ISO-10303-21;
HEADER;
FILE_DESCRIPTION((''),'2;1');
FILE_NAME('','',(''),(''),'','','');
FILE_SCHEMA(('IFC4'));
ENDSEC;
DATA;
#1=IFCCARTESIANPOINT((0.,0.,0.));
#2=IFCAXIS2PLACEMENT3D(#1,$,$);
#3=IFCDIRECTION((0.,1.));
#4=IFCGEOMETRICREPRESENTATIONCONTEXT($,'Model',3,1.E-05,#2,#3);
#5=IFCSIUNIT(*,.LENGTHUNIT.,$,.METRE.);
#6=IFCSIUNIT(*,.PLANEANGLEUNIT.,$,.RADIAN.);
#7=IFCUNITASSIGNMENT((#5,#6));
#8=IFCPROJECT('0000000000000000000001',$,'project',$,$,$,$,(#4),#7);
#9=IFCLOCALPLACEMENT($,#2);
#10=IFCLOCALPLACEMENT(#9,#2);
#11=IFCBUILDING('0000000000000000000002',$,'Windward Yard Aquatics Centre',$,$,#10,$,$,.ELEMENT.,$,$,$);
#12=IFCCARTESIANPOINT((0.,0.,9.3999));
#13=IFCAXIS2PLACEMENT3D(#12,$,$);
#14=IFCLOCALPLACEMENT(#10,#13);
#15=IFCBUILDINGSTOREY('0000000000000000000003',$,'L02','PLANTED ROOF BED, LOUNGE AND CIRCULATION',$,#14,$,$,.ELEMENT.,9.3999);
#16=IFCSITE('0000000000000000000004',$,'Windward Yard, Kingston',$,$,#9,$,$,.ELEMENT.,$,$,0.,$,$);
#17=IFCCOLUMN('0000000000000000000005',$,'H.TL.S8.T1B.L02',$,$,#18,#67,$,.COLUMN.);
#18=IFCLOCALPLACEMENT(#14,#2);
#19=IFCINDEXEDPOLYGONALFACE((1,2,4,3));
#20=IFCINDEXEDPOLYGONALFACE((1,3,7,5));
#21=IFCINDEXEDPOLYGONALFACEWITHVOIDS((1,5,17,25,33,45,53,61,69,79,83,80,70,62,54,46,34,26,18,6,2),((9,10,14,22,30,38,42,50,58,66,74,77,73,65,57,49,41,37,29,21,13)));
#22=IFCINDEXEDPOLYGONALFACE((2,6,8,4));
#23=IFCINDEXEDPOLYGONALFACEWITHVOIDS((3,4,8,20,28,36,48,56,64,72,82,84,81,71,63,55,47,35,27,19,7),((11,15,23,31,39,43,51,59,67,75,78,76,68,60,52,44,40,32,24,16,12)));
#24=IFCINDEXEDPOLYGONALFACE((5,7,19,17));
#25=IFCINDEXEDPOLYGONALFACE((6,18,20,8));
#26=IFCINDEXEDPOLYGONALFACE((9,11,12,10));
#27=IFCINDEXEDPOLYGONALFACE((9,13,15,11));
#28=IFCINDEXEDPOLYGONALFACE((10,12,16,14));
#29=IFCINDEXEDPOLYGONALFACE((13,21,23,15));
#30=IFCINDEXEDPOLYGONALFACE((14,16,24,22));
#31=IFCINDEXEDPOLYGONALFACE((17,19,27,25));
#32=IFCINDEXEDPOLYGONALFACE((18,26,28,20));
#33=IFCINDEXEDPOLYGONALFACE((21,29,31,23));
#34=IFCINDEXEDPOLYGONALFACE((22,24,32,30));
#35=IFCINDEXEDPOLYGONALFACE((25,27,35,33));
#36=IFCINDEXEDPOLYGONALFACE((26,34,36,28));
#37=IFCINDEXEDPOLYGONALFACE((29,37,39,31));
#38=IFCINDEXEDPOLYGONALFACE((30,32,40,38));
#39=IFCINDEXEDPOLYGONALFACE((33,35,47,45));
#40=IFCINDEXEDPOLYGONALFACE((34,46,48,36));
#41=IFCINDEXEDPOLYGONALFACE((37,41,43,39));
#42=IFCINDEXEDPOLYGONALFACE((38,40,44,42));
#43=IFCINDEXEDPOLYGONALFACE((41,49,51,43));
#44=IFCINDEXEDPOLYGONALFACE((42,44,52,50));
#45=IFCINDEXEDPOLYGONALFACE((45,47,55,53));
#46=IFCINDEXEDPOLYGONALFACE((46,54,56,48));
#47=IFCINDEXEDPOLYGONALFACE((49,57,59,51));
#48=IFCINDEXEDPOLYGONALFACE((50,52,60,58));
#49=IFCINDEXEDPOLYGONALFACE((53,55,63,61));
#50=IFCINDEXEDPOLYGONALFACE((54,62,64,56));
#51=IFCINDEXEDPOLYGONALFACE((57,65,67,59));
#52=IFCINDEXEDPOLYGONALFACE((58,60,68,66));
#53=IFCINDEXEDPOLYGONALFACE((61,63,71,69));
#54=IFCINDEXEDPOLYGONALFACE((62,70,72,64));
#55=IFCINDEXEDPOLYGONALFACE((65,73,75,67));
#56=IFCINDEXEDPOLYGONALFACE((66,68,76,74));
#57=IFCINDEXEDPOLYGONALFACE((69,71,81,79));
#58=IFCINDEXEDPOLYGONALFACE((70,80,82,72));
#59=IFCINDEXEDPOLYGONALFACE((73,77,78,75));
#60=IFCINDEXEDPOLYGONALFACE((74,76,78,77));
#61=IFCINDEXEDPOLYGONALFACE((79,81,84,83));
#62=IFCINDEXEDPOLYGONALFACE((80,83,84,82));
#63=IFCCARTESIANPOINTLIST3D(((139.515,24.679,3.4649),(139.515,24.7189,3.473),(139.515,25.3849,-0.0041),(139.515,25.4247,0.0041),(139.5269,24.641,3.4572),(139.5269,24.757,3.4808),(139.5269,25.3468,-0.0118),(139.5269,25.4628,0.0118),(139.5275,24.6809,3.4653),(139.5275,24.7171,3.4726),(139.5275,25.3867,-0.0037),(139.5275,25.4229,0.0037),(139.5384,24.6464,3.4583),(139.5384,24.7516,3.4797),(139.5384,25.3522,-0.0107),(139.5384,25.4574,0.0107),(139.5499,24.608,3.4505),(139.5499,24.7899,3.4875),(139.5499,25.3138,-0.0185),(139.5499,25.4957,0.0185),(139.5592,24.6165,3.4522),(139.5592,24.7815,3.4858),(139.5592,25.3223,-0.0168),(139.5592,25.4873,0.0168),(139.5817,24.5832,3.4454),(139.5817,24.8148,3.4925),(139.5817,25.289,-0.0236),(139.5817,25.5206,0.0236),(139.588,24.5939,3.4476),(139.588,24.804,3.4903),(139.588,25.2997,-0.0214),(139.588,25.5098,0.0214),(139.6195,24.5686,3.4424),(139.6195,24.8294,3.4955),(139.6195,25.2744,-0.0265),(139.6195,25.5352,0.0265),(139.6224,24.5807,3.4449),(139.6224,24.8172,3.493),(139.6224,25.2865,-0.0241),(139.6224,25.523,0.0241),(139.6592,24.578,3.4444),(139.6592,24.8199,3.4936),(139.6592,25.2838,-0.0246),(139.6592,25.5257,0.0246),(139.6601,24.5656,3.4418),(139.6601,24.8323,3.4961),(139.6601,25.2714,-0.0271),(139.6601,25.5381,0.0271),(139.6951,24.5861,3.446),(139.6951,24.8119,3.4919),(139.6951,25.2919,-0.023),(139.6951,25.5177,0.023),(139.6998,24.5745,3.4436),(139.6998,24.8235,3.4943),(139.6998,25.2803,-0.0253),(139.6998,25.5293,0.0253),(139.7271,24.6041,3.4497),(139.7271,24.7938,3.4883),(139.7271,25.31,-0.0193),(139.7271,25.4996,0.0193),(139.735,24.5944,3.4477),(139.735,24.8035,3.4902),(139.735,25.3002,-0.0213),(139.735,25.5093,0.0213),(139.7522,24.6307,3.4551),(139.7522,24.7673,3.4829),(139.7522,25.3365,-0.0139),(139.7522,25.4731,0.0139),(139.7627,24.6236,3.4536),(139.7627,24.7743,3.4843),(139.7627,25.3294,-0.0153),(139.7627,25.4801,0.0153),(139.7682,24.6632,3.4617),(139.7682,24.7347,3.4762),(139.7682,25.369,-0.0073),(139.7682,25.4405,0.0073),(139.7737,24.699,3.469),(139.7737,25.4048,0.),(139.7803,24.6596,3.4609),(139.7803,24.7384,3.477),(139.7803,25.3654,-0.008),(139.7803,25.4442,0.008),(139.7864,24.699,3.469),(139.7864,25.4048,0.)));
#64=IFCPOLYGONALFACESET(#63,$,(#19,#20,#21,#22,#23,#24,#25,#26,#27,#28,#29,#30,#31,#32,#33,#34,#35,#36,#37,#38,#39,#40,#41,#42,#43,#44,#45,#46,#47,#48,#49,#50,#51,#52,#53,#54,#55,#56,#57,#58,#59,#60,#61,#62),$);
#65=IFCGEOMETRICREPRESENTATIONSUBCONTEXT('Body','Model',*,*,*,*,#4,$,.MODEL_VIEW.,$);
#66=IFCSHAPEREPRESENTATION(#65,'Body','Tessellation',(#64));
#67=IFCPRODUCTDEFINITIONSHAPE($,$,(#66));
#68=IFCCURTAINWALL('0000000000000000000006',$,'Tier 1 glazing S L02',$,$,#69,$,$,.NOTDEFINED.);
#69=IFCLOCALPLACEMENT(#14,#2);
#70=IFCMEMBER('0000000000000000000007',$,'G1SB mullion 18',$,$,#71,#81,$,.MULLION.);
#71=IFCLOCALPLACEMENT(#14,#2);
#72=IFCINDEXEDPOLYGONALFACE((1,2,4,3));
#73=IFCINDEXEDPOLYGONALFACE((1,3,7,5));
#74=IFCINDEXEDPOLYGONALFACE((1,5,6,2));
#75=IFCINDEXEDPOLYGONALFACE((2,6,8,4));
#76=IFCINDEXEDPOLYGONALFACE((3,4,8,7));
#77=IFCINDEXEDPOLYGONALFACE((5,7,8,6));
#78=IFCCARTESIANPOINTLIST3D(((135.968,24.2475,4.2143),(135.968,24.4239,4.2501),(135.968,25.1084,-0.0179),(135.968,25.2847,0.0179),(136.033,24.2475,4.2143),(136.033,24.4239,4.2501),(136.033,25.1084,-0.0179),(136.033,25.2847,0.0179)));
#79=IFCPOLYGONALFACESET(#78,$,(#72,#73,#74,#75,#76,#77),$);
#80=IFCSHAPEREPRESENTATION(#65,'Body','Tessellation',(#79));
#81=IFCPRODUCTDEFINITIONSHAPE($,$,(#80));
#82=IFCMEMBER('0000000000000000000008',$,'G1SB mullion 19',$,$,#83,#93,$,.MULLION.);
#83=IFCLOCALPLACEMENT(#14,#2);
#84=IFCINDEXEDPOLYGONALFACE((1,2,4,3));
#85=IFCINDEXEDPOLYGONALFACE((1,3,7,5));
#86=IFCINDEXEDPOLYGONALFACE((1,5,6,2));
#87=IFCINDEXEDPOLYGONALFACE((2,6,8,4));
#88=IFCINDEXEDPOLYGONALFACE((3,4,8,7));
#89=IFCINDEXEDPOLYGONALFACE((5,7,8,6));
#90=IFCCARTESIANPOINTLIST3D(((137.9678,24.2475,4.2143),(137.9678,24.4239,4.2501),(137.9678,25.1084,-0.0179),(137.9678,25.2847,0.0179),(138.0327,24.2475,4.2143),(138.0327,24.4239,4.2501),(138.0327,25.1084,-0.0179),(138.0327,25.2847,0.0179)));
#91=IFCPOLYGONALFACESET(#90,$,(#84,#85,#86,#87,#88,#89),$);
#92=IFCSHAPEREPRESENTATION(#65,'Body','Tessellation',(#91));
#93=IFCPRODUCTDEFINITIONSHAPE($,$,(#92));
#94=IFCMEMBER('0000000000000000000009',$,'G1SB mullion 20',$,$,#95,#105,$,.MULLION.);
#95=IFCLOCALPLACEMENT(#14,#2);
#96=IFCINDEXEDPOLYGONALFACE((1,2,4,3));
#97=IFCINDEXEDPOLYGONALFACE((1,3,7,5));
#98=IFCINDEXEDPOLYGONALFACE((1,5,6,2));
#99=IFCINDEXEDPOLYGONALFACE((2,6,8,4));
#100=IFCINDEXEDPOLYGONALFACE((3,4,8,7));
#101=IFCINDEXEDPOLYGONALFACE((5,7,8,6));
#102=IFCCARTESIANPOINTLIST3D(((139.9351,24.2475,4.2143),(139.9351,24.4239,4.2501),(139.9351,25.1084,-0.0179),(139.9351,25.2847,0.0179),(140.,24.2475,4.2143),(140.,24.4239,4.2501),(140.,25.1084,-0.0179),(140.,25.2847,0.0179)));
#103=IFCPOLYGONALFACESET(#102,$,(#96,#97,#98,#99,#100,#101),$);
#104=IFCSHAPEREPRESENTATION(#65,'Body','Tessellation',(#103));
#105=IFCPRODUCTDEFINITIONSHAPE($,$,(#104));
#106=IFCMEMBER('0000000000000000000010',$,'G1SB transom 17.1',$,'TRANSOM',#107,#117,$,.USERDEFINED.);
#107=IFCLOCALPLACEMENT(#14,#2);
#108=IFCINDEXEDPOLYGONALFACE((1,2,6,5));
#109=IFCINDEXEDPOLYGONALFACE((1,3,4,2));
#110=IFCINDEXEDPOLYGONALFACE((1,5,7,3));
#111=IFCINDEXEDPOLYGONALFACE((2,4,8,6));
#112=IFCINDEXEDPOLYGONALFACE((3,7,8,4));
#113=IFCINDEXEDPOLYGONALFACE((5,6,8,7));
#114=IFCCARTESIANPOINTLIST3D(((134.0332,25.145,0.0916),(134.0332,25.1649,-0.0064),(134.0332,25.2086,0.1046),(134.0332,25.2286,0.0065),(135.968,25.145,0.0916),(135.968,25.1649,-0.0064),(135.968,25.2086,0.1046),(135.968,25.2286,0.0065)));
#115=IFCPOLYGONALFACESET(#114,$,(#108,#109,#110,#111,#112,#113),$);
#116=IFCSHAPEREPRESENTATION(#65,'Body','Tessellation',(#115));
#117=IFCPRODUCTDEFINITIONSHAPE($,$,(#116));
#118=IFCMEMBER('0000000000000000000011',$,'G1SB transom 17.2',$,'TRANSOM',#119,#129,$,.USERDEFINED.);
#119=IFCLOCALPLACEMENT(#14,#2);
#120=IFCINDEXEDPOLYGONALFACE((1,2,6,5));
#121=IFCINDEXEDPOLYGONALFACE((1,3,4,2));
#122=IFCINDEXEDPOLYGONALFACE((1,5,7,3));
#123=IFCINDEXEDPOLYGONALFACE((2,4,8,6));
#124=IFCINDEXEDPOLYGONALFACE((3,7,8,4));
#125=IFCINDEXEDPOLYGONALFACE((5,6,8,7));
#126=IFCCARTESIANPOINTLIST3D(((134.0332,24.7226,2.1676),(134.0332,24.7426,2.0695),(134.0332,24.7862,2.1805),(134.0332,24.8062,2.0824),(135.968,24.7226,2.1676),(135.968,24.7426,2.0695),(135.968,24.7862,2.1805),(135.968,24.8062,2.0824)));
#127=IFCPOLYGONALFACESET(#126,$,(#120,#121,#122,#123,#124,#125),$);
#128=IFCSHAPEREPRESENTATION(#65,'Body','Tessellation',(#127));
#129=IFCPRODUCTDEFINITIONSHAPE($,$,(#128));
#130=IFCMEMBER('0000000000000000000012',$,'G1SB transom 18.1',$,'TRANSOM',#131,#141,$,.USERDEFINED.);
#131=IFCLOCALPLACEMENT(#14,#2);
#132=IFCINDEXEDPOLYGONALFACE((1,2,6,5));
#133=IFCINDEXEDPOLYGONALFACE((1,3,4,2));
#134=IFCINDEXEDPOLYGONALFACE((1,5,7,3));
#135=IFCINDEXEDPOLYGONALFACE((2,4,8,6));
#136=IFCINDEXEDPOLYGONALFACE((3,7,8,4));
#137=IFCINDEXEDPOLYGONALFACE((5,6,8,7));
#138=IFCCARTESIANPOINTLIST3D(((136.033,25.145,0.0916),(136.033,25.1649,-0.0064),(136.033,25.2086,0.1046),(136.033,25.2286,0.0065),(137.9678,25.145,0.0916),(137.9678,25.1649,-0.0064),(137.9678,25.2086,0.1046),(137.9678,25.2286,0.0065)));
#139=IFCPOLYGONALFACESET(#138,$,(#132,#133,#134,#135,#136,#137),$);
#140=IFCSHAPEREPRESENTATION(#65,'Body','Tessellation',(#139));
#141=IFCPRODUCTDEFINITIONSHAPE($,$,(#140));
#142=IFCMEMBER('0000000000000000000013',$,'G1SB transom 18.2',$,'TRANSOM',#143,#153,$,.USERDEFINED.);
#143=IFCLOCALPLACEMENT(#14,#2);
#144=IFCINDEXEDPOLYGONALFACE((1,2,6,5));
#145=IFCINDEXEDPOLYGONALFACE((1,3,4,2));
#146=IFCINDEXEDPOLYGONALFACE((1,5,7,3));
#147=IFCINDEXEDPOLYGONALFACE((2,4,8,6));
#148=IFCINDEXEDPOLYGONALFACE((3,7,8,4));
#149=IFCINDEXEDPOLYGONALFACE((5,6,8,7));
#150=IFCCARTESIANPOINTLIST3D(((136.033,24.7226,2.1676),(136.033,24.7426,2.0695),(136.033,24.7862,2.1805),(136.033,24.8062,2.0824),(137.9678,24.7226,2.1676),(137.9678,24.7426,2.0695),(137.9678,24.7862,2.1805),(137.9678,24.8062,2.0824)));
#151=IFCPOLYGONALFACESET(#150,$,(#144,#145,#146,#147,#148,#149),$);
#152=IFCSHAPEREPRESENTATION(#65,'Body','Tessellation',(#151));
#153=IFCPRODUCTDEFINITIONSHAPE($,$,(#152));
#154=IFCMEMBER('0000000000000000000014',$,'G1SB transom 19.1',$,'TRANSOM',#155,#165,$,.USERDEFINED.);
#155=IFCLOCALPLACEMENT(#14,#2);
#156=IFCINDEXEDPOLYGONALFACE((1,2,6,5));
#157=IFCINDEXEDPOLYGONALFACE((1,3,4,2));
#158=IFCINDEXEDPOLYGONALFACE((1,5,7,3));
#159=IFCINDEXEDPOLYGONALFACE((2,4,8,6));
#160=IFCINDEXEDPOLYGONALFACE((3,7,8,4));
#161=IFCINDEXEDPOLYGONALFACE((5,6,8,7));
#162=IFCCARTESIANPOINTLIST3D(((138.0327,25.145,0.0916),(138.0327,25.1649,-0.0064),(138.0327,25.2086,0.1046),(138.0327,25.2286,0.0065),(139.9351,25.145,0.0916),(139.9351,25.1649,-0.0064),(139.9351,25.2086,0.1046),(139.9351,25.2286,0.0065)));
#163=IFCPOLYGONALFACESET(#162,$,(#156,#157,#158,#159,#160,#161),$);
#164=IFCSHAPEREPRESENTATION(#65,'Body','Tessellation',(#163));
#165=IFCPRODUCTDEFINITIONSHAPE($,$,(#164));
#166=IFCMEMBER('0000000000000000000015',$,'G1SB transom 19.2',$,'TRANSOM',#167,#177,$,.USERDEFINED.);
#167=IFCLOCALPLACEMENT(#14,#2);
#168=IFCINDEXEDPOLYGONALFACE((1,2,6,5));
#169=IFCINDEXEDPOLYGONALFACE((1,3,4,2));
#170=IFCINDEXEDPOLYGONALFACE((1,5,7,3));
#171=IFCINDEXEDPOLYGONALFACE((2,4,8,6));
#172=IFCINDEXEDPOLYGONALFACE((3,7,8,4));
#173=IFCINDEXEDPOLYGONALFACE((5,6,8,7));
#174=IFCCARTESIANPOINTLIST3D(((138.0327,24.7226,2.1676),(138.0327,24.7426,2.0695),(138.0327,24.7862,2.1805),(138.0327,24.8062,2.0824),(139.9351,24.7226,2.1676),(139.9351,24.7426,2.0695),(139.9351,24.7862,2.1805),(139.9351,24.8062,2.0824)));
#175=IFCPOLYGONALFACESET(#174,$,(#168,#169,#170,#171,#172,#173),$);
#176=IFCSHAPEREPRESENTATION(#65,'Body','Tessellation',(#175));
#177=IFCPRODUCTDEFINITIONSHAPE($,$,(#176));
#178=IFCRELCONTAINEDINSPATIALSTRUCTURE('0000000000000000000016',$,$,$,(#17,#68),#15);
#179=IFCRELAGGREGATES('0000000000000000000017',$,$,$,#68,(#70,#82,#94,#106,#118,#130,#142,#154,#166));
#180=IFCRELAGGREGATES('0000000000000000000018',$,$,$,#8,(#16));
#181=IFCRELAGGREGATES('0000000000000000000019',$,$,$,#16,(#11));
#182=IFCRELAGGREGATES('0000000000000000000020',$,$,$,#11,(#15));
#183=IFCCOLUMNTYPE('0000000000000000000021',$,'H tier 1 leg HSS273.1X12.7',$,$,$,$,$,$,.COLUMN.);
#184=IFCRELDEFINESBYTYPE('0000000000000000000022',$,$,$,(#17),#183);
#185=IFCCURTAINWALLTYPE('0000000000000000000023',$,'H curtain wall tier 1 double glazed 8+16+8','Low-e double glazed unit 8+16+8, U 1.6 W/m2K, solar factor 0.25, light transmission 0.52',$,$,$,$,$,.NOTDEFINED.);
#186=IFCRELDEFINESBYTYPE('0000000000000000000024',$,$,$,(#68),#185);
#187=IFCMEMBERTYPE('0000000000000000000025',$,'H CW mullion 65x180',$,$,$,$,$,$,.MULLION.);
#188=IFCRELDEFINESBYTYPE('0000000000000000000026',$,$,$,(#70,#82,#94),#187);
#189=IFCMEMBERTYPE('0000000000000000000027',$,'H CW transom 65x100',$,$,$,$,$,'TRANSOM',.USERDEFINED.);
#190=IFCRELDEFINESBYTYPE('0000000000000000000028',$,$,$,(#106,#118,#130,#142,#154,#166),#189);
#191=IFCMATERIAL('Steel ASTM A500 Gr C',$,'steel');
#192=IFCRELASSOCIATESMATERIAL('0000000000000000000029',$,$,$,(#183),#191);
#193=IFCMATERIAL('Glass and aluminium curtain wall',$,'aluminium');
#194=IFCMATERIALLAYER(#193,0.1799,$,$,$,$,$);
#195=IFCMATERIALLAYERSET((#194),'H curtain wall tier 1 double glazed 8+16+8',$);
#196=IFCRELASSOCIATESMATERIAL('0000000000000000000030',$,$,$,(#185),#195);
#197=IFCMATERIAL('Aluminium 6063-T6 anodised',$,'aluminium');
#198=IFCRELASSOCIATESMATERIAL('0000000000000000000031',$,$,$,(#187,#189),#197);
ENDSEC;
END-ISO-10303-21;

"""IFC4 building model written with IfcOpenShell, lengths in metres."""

from ifc_helpers import new_model, si_unit, direction, frame, origin, origin_2d, place, context, subcontext, project, spatial, rectangle, hollow_circle, extrude, material, layer, layer_set, material_profile, profile_set, type_object, element, aggregate, save


model = new_model("IFC4")

# Units and contexts
model_context = context("Model", 3, precision=1e-05, world=origin(), true_north=direction((0.0, 1.0)))
body_context = subcontext(model_context, "Body", "Model", "MODEL_VIEW")
ifc_project = project(units=[si_unit("LENGTHUNIT", "METRE"), si_unit("PLANEANGLEUNIT", "RADIAN")], contexts=[model_context])

# Site, building, storey
site_placement = place(None, origin())
site = spatial("IfcSite", under=ifc_project, at=site_placement, Name="Windward Yard, Kingston", CompositionType="ELEMENT", RefElevation=0.0)
building_placement = place(site_placement, origin())
building = spatial("IfcBuilding", under=site, at=building_placement, Name="Windward Yard Aquatics Centre", CompositionType="ELEMENT")
storey_placement = place(building_placement, frame((0.0, 0.0, 9.3999)))
storey = spatial("IfcBuildingStorey", under=building, at=storey_placement, Name="L02", Description="PLANTED ROOF BED, LOUNGE AND CIRCULATION", CompositionType="ELEMENT", Elevation=9.3999)

# Column
ifc_material_1 = material(Name="Steel ASTM A500 Gr C", Category="steel")
ifc_material_profile_1 = material_profile(ifc_material_1, hollow_circle(Radius=0.1365, WallThickness=0.0127, at=origin_2d()), Name="HSS273.1X12.7")
ifc_profile_set_1 = profile_set([ifc_material_profile_1], Name="Steel ASTM A500 Gr C")
column_type = type_object("IfcColumnType", Name="H tier 1 leg HSS273.1X12.7", PredefinedType="COLUMN", material=ifc_profile_set_1)
column_placement = place(storey_placement, frame((139.6499, 25.4048, 0.0), z_axis=(0.0, -0.199378, 0.979923), x_axis=(1.0, 0.0, 0.0)))
element("IfcColumn", 1, at=column_placement, inside=storey, type_object=column_type, Name="H.TL.S8.T1B.L02", PredefinedType="COLUMN", context=body_context, shape_type="SweptSolid", body=[
    extrude(hollow_circle(Radius=0.1365, WallThickness=0.0127, at=origin_2d()), origin(), (0.0, 0.0, 1.0), 3.54),
])

# Curtain wall, members
ifc_material_2 = material(Name="Glass and aluminium curtain wall", Category="aluminium")
ifc_layer_1 = layer(ifc_material_2, 0.1799)
ifc_layer_set_1 = layer_set([ifc_layer_1], Name="H curtain wall tier 1 double glazed 8+16+8")
curtain_wall_type = type_object("IfcCurtainWallType", Name="H curtain wall tier 1 double glazed 8+16+8", Description="Low-e double glazed unit 8+16+8, U 1.6 W/m2K, solar factor 0.25, light transmission 0.52", PredefinedType="NOTDEFINED", material=ifc_layer_set_1)
curtain_wall_placement = place(storey_placement, origin())
curtain_wall = element("IfcCurtainWall", 2, at=curtain_wall_placement, inside=storey, type_object=curtain_wall_type, Name="Tier 1 glazing S L02", PredefinedType="NOTDEFINED")
ifc_material_3 = material(Name="Aluminium 6063-T6 anodised", Category="aluminium")
ifc_material_profile_2 = material_profile(ifc_material_3, rectangle(XDim=0.0649, YDim=0.1799, at=origin_2d()), Name="H CW mullion 65x180")
ifc_profile_set_2 = profile_set([ifc_material_profile_2], Name="Aluminium 6063-T6 anodised")
member_type_1 = type_object("IfcMemberType", Name="H CW mullion 65x180", PredefinedType="MULLION", material=ifc_profile_set_2)
member_1_placement = place(storey_placement, frame((136.0005, 25.1965, 0.0), z_axis=(0.0, -0.199322, 0.979934), x_axis=(1.0, 0.0, 0.0)))
member_1 = element("IfcMember", 3, at=member_1_placement, type_object=member_type_1, Name="G1SB mullion 18", PredefinedType="MULLION", context=body_context, shape_type="SweptSolid", body=[
    extrude(rectangle(XDim=0.0649, YDim=0.1799, at=origin_2d()), origin(), (0.0, 0.0, 1.0), 4.3188),
])
member_2_placement = place(storey_placement, frame((138.0002, 25.1965, 0.0), z_axis=(0.0, -0.199322, 0.979934), x_axis=(1.0, 0.0, 0.0)))
member_2 = element("IfcMember", 4, at=member_2_placement, type_object=member_type_1, Name="G1SB mullion 19", PredefinedType="MULLION", context=body_context, shape_type="SweptSolid", body=[
    extrude(rectangle(XDim=0.0649, YDim=0.1799, at=origin_2d()), origin(), (0.0, 0.0, 1.0), 4.3188),
])
member_3_placement = place(storey_placement, frame((139.9675, 25.1965, 0.0), z_axis=(0.0, -0.199322, 0.979934), x_axis=(1.0, 0.0, 0.0)))
member_3 = element("IfcMember", 5, at=member_3_placement, type_object=member_type_1, Name="G1SB mullion 20", PredefinedType="MULLION", context=body_context, shape_type="SweptSolid", body=[
    extrude(rectangle(XDim=0.0649, YDim=0.1799, at=origin_2d()), origin(), (0.0, 0.0, 1.0), 4.3188),
])
ifc_material_profile_3 = material_profile(ifc_material_3, rectangle(XDim=0.0649, YDim=0.1001, at=origin_2d()), Name="H CW transom 65x100")
ifc_profile_set_3 = profile_set([ifc_material_profile_3], Name="Aluminium 6063-T6 anodised")
member_type_2 = type_object("IfcMemberType", Name="H CW transom 65x100", ElementType="TRANSOM", PredefinedType="USERDEFINED", material=ifc_profile_set_3)
member_4_placement = place(storey_placement, frame((134.0332, 25.1868, 0.0491), z_axis=(1.0, 0.0, 0.0), x_axis=(0.0, 0.979925, 0.199368)))
member_4 = element("IfcMember", 6, at=member_4_placement, type_object=member_type_2, Name="G1SB transom 17.1", ObjectType="TRANSOM", PredefinedType="USERDEFINED", context=body_context, shape_type="SweptSolid", body=[
    extrude(rectangle(XDim=0.0649, YDim=0.1001, at=origin_2d()), origin(), (0.0, 0.0, 1.0), 1.9348),
])
member_5_placement = place(storey_placement, frame((134.0332, 24.7644, 2.125), z_axis=(1.0, 0.0, 0.0), x_axis=(0.0, 0.979925, 0.199368)))
member_5 = element("IfcMember", 7, at=member_5_placement, type_object=member_type_2, Name="G1SB transom 17.2", ObjectType="TRANSOM", PredefinedType="USERDEFINED", context=body_context, shape_type="SweptSolid", body=[
    extrude(rectangle(XDim=0.0649, YDim=0.1001, at=origin_2d()), origin(), (0.0, 0.0, 1.0), 1.9348),
])
member_6_placement = place(storey_placement, frame((136.033, 25.1868, 0.0491), z_axis=(1.0, 0.0, 0.0), x_axis=(0.0, 0.979925, 0.199368)))
member_6 = element("IfcMember", 8, at=member_6_placement, type_object=member_type_2, Name="G1SB transom 18.1", ObjectType="TRANSOM", PredefinedType="USERDEFINED", context=body_context, shape_type="SweptSolid", body=[
    extrude(rectangle(XDim=0.0649, YDim=0.1001, at=origin_2d()), origin(), (0.0, 0.0, 1.0), 1.9348),
])
member_7_placement = place(storey_placement, frame((136.033, 24.7644, 2.125), z_axis=(1.0, 0.0, 0.0), x_axis=(0.0, 0.979925, 0.199368)))
member_7 = element("IfcMember", 9, at=member_7_placement, type_object=member_type_2, Name="G1SB transom 18.2", ObjectType="TRANSOM", PredefinedType="USERDEFINED", context=body_context, shape_type="SweptSolid", body=[
    extrude(rectangle(XDim=0.0649, YDim=0.1001, at=origin_2d()), origin(), (0.0, 0.0, 1.0), 1.9348),
])
member_8_placement = place(storey_placement, frame((138.0327, 25.1868, 0.0491), z_axis=(1.0, 0.0, 0.0), x_axis=(0.0, 0.979925, 0.199368)))
member_8 = element("IfcMember", 10, at=member_8_placement, type_object=member_type_2, Name="G1SB transom 19.1", ObjectType="TRANSOM", PredefinedType="USERDEFINED", context=body_context, shape_type="SweptSolid", body=[
    extrude(rectangle(XDim=0.0649, YDim=0.1001, at=origin_2d()), origin(), (0.0, 0.0, 1.0), 1.9023),
])
member_9_placement = place(storey_placement, frame((138.0327, 24.7644, 2.125), z_axis=(1.0, 0.0, 0.0), x_axis=(0.0, 0.979925, 0.199368)))
member_9 = element("IfcMember", 11, at=member_9_placement, type_object=member_type_2, Name="G1SB transom 19.2", ObjectType="TRANSOM", PredefinedType="USERDEFINED", context=body_context, shape_type="SweptSolid", body=[
    extrude(rectangle(XDim=0.0649, YDim=0.1001, at=origin_2d()), origin(), (0.0, 0.0, 1.0), 1.9023),
])

aggregate(curtain_wall, [member_1, member_2, member_3, member_4, member_5, member_6, member_7, member_8, member_9])

save(model, "model.ifc")
